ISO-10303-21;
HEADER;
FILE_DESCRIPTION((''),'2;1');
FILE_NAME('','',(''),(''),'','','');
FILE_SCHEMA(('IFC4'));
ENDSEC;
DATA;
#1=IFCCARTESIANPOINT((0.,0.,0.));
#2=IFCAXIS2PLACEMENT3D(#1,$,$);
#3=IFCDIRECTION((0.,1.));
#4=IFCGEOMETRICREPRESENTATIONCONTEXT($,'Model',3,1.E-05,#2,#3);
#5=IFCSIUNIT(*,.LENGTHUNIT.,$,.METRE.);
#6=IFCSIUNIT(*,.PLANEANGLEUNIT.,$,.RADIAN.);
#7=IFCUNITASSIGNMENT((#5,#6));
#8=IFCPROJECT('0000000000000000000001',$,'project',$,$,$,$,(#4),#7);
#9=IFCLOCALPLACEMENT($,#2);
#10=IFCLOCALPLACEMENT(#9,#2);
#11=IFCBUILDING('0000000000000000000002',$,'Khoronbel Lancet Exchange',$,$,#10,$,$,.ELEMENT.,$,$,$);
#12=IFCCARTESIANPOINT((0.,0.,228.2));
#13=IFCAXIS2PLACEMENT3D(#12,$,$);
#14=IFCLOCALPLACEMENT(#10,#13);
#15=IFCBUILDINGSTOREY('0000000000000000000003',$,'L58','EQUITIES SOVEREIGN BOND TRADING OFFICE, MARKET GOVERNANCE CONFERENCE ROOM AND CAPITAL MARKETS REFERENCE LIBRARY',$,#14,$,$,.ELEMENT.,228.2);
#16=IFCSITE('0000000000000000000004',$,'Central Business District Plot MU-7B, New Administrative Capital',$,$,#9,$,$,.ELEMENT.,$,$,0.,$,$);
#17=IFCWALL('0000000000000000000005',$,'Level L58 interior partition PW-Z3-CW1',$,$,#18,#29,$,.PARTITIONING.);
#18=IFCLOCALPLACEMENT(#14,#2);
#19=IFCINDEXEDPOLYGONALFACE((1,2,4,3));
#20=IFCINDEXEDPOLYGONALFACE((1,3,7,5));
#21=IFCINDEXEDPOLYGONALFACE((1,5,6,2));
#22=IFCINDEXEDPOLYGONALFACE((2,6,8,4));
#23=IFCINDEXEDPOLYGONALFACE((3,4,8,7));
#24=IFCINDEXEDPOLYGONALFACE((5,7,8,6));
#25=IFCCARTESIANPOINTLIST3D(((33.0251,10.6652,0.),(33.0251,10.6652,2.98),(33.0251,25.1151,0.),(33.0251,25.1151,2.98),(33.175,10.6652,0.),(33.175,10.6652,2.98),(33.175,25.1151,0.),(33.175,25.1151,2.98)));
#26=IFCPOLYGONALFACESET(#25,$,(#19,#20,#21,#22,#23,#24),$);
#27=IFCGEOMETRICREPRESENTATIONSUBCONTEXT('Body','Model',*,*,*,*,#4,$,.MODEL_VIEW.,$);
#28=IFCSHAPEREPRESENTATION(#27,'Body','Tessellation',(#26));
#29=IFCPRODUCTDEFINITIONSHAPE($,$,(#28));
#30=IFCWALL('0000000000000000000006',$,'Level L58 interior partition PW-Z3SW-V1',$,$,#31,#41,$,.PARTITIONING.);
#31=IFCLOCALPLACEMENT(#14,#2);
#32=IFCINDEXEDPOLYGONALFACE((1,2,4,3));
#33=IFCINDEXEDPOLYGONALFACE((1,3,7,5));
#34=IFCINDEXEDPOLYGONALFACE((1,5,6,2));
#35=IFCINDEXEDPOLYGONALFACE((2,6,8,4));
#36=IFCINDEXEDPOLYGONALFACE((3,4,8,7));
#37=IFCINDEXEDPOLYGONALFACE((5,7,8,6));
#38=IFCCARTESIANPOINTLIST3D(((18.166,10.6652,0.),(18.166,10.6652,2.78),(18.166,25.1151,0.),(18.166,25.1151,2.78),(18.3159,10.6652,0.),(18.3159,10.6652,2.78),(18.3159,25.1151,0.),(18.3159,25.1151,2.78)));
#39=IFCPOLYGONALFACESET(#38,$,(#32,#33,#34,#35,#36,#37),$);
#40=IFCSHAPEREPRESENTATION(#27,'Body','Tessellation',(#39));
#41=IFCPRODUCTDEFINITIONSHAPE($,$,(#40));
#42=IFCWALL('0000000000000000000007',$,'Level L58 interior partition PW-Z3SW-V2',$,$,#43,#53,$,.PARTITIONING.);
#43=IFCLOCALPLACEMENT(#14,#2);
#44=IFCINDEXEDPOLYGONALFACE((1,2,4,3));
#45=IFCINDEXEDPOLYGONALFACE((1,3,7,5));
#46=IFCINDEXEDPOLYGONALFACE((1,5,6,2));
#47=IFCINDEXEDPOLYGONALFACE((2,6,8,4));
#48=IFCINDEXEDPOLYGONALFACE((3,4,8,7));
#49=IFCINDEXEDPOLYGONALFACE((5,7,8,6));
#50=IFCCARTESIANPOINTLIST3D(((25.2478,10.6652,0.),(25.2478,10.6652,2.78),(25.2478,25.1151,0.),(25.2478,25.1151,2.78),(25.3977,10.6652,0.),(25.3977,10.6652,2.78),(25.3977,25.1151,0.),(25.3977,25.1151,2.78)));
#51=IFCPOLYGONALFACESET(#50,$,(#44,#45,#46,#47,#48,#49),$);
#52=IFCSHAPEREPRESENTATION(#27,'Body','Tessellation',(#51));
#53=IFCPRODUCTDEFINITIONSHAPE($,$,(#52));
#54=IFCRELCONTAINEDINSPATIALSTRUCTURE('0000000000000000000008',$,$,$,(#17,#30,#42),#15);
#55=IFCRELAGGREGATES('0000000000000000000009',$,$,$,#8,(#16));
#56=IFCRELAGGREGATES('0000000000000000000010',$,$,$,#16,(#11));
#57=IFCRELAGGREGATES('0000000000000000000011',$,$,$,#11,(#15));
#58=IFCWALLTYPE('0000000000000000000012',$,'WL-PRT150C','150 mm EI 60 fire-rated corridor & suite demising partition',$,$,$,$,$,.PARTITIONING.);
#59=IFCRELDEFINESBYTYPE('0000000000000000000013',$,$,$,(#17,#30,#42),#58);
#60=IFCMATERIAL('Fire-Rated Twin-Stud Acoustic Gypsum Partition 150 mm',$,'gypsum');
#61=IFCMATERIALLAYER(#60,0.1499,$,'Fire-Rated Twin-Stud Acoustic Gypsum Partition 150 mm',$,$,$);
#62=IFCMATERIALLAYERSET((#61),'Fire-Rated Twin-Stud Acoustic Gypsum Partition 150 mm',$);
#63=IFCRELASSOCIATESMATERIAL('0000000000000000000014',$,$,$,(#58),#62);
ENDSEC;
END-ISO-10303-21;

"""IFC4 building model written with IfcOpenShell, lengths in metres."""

from ifc_helpers import new_model, si_unit, direction, frame, frame_2d, origin, place, context, subcontext, project, spatial, rectangle, extrude, material, layer, layer_set, type_object, element, save


model = new_model("IFC4")

# Units and contexts
model_context = context("Model", 3, precision=1e-05, world=origin(), true_north=direction((0.0, 1.0)))
body_context = subcontext(model_context, "Body", "Model", "MODEL_VIEW")
ifc_project = project(units=[si_unit("LENGTHUNIT", "METRE"), si_unit("PLANEANGLEUNIT", "RADIAN")], contexts=[model_context])

# Site, building, storey
site_placement = place(None, origin())
site = spatial("IfcSite", under=ifc_project, at=site_placement, Name="Central Business District Plot MU-7B, New Administrative Capital", CompositionType="ELEMENT", RefElevation=0.0)
building_placement = place(site_placement, origin())
building = spatial("IfcBuilding", under=site, at=building_placement, Name="Khoronbel Lancet Exchange", CompositionType="ELEMENT")
storey_placement = place(building_placement, frame((0.0, 0.0, 228.2)))
storey = spatial("IfcBuildingStorey", under=building, at=storey_placement, Name="L58", Description="EQUITIES SOVEREIGN BOND TRADING OFFICE, MARKET GOVERNANCE CONFERENCE ROOM AND CAPITAL MARKETS REFERENCE LIBRARY", CompositionType="ELEMENT", Elevation=228.2)

# Walls
ifc_material_1 = material(Name="Fire-Rated Twin-Stud Acoustic Gypsum Partition 150 mm", Category="gypsum")
ifc_layer_1 = layer(ifc_material_1, 0.1499, Name="Fire-Rated Twin-Stud Acoustic Gypsum Partition 150 mm")
ifc_layer_set_1 = layer_set([ifc_layer_1], Name="Fire-Rated Twin-Stud Acoustic Gypsum Partition 150 mm")
wall_type = type_object("IfcWallType", Name="WL-PRT150C", Description="150 mm EI 60 fire-rated corridor & suite demising partition", PredefinedType="PARTITIONING", material=ifc_layer_set_1)
wall_placement = place(storey_placement, frame((33.1001, 10.665, 0.0), z_axis=(0.0, 0.0, 1.0), x_axis=(0.0, 1.0, 0.0)))
element("IfcWall", 1, at=wall_placement, inside=storey, type_object=wall_type, Name="Level L58 interior partition PW-Z3-CW1", PredefinedType="PARTITIONING", context=body_context, shape_type="SweptSolid", body=[
    extrude(rectangle(XDim=14.45, YDim=0.1499, at=frame_2d((7.2251, 0.0))), origin(), (0.0, 0.0, 1.0), 2.98),
])
for number, where, z_axis, x_axis, name in (
    (2, (18.241, 10.665, 0.0), (0.0, 0.0, 1.0), (0.0, 1.0, 0.0), "Level L58 interior partition PW-Z3SW-V1"),
    (3, (25.3228, 10.665, 0.0), (0.0, 0.0, 1.0), (0.0, 1.0, 0.0), "Level L58 interior partition PW-Z3SW-V2"),
):
    element("IfcWall", number, at=place(storey_placement, frame(where, z_axis=z_axis, x_axis=x_axis)), inside=storey, type_object=wall_type, Name=name, PredefinedType="PARTITIONING", context=body_context, shape_type="SweptSolid", body=[
        extrude(rectangle(XDim=14.45, YDim=0.1499, at=frame_2d((7.2251, 0.0))), origin(), (0.0, 0.0, 1.0), 2.78),
    ])

save(model, "model.ifc")
